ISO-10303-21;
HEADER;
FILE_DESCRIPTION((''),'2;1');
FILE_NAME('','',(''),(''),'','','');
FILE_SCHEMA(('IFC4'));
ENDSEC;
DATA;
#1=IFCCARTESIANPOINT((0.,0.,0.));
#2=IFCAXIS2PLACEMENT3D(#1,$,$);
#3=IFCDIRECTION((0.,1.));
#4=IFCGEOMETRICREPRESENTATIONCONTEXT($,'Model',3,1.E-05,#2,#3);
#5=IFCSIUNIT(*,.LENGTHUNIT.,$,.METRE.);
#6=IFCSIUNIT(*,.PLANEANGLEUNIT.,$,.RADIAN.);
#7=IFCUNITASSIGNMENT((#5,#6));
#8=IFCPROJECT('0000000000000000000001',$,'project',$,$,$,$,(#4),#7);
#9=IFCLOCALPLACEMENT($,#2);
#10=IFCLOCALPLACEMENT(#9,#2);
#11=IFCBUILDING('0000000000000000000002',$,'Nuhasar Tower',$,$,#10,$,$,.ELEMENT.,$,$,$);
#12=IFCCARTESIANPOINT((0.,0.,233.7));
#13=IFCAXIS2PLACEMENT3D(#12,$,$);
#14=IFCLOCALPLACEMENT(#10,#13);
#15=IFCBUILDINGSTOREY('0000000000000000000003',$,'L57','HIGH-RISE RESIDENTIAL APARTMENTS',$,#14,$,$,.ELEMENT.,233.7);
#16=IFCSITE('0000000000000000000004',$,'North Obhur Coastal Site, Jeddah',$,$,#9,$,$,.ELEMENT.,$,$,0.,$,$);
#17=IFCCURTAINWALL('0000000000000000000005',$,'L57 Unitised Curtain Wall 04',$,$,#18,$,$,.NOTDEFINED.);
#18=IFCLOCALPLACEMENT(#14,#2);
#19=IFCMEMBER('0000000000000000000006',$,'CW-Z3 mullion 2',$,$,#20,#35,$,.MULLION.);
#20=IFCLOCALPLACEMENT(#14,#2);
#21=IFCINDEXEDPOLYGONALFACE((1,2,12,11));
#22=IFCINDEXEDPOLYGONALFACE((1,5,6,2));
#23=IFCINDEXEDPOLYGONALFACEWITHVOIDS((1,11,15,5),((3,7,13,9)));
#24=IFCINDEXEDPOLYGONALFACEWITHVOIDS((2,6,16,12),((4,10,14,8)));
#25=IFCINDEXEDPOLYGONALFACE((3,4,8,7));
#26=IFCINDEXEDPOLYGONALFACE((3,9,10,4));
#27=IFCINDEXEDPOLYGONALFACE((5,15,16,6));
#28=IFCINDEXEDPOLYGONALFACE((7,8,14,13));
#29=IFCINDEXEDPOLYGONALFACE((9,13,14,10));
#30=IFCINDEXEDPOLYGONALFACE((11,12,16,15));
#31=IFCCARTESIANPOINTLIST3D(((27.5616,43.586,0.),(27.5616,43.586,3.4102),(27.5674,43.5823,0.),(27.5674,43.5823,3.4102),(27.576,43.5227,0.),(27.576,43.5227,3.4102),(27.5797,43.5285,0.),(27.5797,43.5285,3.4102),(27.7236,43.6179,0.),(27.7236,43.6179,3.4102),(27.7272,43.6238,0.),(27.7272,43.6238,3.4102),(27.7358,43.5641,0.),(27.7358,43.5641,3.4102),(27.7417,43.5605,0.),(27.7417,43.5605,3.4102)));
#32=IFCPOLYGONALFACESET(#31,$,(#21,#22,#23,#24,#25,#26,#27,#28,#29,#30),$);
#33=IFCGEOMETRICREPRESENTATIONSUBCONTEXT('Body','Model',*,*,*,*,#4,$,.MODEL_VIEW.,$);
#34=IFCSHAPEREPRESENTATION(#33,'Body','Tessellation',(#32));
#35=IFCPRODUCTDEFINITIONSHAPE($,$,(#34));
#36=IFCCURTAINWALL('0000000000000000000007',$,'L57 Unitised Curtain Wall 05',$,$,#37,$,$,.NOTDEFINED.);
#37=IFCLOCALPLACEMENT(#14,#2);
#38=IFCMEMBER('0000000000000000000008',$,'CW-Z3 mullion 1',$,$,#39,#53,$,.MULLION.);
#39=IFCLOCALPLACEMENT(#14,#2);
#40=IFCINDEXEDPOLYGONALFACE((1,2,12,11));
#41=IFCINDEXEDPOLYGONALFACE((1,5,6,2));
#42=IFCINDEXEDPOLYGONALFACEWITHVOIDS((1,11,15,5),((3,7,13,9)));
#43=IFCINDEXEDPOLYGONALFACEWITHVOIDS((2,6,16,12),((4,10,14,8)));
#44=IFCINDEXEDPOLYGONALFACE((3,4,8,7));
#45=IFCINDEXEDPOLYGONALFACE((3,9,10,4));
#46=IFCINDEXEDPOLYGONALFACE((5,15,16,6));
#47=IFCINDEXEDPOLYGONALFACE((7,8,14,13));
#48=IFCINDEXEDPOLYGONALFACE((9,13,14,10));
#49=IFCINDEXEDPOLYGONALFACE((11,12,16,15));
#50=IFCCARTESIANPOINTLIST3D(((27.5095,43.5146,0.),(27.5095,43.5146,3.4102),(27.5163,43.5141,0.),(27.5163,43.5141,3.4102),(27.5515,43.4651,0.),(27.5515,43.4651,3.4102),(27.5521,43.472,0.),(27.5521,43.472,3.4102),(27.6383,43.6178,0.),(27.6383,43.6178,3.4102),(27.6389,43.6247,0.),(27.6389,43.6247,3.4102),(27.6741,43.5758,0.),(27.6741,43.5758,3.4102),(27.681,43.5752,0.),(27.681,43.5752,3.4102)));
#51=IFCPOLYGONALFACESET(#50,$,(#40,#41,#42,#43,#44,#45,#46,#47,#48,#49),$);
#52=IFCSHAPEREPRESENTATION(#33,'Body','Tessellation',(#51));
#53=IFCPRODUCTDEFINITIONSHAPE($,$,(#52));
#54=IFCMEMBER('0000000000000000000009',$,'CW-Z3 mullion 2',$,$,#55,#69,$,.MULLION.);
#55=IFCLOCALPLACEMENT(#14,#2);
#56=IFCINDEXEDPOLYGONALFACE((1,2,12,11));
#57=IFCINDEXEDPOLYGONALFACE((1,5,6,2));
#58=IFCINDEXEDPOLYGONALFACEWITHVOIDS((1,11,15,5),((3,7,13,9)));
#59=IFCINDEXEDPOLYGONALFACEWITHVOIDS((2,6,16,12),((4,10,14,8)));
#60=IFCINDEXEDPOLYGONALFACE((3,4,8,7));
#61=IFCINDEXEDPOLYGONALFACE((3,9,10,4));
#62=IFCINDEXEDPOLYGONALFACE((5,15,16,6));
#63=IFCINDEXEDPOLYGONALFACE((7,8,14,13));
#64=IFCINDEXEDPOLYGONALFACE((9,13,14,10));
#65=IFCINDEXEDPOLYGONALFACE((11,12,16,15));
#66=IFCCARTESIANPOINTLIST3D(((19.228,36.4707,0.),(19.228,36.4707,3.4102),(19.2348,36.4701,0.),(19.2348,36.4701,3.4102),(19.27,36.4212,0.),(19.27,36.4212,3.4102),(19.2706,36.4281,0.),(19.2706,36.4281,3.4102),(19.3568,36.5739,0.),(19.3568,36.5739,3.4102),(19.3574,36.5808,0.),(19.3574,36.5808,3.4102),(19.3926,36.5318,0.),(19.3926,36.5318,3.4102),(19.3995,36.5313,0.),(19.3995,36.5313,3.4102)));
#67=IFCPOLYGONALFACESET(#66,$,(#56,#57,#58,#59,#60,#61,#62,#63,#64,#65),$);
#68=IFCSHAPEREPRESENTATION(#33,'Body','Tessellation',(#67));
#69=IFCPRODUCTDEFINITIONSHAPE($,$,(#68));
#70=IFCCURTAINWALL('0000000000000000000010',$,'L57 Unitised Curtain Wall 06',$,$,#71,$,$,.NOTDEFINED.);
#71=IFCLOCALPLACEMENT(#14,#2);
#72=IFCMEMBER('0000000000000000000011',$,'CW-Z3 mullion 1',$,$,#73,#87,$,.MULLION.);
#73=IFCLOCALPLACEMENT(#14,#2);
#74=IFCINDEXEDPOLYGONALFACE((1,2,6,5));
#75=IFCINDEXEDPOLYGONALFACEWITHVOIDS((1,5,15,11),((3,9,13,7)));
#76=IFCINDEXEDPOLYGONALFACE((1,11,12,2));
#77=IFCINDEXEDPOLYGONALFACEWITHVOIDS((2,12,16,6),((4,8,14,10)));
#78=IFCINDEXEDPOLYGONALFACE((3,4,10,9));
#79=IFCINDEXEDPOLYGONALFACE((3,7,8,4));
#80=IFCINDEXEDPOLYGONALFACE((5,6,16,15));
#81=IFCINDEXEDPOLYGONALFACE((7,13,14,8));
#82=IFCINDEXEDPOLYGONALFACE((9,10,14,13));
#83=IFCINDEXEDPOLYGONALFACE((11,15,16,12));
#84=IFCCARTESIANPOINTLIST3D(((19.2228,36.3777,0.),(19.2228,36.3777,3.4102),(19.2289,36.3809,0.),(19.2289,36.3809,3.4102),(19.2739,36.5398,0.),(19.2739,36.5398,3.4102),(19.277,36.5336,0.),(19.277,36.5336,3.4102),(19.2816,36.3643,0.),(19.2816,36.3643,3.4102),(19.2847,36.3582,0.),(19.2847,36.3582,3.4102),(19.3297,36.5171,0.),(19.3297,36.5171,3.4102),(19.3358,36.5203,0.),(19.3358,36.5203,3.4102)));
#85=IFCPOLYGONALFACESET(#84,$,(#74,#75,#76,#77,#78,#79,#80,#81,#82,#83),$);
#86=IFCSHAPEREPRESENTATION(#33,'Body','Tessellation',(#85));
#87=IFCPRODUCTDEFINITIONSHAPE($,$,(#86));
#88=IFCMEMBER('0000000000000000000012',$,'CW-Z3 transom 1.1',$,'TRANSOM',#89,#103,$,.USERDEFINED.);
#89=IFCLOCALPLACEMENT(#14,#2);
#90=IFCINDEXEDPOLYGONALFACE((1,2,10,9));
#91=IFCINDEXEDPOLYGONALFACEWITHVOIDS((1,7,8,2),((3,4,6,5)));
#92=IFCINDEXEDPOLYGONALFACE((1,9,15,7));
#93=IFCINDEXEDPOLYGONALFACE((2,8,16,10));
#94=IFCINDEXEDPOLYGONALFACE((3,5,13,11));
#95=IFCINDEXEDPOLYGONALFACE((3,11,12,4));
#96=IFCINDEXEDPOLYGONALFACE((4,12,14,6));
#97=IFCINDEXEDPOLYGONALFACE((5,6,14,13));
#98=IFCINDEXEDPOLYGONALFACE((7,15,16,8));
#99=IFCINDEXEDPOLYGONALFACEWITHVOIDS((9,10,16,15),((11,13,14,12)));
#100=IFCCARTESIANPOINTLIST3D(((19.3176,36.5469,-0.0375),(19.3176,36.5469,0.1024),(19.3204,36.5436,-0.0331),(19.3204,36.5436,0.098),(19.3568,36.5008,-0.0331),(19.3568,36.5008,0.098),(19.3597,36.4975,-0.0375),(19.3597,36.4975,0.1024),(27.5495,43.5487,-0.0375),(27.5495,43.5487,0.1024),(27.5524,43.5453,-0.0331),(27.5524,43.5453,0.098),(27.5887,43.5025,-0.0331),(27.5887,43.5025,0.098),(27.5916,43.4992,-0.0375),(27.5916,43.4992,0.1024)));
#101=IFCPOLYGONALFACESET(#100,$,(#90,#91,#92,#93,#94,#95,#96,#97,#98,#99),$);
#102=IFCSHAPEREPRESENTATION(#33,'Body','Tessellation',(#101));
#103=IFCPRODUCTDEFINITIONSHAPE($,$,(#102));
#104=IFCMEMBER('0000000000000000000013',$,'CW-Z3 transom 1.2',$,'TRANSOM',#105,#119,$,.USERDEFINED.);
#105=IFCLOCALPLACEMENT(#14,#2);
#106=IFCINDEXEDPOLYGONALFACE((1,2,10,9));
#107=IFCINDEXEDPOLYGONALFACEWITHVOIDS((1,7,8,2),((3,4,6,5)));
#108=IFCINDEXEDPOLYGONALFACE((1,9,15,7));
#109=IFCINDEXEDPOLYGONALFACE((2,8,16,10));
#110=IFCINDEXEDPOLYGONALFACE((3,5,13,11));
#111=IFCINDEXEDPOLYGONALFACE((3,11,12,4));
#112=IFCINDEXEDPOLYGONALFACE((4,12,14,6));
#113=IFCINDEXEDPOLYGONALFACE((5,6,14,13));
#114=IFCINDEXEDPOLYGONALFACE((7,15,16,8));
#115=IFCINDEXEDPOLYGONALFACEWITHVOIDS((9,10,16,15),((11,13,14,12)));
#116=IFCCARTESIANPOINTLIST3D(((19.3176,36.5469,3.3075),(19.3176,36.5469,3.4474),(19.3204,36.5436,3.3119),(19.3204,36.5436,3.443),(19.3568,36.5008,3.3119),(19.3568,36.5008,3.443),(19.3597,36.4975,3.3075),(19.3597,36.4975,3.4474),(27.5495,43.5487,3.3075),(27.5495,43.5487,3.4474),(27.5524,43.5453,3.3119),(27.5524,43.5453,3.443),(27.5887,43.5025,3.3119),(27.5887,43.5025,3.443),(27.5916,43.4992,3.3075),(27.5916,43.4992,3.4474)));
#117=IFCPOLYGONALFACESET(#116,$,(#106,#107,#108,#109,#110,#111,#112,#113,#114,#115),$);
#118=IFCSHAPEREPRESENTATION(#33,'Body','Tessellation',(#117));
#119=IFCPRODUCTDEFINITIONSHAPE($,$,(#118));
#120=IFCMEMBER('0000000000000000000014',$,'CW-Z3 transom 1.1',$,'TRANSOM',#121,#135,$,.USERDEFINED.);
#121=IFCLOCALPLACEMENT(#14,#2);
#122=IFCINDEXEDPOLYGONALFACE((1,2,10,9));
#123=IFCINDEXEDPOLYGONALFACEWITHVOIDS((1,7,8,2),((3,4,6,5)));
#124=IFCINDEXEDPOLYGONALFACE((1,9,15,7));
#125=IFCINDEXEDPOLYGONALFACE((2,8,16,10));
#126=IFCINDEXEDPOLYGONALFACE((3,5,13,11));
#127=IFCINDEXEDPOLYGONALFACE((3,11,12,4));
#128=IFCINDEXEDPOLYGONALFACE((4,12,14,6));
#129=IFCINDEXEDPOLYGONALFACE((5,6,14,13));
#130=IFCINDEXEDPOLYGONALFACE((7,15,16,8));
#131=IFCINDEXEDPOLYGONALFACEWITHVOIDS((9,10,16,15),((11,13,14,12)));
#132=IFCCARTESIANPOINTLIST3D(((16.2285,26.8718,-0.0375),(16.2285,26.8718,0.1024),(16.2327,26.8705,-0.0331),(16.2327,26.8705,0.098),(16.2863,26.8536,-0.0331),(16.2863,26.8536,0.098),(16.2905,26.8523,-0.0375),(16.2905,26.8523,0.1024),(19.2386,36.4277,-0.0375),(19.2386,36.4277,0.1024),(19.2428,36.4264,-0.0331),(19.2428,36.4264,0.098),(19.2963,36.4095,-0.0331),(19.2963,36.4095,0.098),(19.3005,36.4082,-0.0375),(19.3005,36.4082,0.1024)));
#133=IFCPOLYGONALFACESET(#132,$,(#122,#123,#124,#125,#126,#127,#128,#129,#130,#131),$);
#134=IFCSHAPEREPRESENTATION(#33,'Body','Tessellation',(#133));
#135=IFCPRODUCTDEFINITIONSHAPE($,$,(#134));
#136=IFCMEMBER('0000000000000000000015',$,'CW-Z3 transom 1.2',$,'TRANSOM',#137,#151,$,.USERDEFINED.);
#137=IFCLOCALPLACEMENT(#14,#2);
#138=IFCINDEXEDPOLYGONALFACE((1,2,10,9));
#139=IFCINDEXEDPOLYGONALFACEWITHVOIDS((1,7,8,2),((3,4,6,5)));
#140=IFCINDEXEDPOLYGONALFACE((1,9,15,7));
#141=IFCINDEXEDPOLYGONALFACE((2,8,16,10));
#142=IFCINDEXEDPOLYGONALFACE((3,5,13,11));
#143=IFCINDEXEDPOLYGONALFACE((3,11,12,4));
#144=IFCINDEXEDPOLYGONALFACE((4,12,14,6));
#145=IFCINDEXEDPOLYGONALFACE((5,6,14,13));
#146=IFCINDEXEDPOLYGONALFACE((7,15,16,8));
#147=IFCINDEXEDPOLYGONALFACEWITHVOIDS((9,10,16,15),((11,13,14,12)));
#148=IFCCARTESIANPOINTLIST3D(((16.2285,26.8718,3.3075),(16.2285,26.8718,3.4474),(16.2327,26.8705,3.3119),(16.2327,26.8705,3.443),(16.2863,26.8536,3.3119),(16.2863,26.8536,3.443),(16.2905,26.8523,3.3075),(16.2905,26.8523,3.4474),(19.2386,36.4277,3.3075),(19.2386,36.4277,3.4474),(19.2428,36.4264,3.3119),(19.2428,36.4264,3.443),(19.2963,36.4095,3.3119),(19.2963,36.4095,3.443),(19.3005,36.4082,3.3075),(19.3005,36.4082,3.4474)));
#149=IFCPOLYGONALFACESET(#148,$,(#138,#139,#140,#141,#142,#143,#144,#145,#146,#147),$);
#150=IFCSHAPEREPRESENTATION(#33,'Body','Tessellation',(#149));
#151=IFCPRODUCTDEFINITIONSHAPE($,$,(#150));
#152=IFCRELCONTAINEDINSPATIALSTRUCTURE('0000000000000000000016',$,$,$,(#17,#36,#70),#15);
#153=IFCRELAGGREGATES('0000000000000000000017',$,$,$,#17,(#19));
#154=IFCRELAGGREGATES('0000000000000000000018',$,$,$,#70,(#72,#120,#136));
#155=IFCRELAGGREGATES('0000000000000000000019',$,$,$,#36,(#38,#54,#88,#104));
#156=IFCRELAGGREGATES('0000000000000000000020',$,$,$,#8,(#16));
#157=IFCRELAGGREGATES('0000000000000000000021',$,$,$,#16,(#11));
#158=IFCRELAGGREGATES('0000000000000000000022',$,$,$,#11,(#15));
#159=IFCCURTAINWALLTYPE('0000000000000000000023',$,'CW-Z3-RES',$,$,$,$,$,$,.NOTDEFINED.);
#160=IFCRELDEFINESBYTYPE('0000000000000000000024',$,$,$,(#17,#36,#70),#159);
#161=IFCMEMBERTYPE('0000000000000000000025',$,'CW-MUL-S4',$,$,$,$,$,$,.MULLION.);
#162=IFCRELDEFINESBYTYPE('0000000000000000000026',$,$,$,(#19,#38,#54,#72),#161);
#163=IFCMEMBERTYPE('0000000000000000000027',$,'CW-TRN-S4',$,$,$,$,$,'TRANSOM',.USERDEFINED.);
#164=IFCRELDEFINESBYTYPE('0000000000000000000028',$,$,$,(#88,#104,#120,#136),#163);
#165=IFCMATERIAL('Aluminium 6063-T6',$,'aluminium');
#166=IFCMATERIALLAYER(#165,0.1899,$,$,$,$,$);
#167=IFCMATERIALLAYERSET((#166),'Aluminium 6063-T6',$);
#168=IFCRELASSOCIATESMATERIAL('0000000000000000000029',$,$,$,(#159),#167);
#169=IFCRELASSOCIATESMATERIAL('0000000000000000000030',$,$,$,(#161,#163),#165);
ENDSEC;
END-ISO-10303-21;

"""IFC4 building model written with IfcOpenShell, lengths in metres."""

from ifc_helpers import new_model, si_unit, direction, frame, origin, origin_2d, place, context, subcontext, project, spatial, hollow_rectangle, extrude, material, layer, layer_set, material_profile, profile_set, type_object, element, aggregate, save


model = new_model("IFC4")

# Units and contexts
model_context = context("Model", 3, precision=1e-05, world=origin(), true_north=direction((0.0, 1.0)))
body_context = subcontext(model_context, "Body", "Model", "MODEL_VIEW")
ifc_project = project(units=[si_unit("LENGTHUNIT", "METRE"), si_unit("PLANEANGLEUNIT", "RADIAN")], contexts=[model_context])

# Site, building, storey
site_placement = place(None, origin())
site = spatial("IfcSite", under=ifc_project, at=site_placement, Name="North Obhur Coastal Site, Jeddah", CompositionType="ELEMENT", RefElevation=0.0)
building_placement = place(site_placement, origin())
building = spatial("IfcBuilding", under=site, at=building_placement, Name="Nuhasar Tower", CompositionType="ELEMENT")
storey_placement = place(building_placement, frame((0.0, 0.0, 233.7)))
storey = spatial("IfcBuildingStorey", under=building, at=storey_placement, Name="L57", Description="HIGH-RISE RESIDENTIAL APARTMENTS", CompositionType="ELEMENT", Elevation=233.7)

# Curtain wall, member
ifc_material_1 = material(Name="Aluminium 6063-T6", Category="aluminium")
ifc_layer_1 = layer(ifc_material_1, 0.1899)
ifc_layer_set_1 = layer_set([ifc_layer_1], Name="Aluminium 6063-T6")
curtain_wall_type = type_object("IfcCurtainWallType", Name="CW-Z3-RES", PredefinedType="NOTDEFINED", material=ifc_layer_set_1)
curtain_wall_1_placement = place(storey_placement, origin())
curtain_wall_1 = element("IfcCurtainWall", 1, at=curtain_wall_1_placement, inside=storey, type_object=curtain_wall_type, Name="L57 Unitised Curtain Wall 04", PredefinedType="NOTDEFINED")
ifc_material_profile_1 = material_profile(ifc_material_1, hollow_rectangle(XDim=0.0649, YDim=0.1699, WallThickness=0.0049, at=origin_2d()), Name="CWM-4")
ifc_profile_set_1 = profile_set([ifc_material_profile_1], Name="Aluminium 6063-T6")
member_type_1 = type_object("IfcMemberType", Name="CW-MUL-S4", PredefinedType="MULLION", material=ifc_profile_set_1)
member_1_placement = place(storey_placement, frame((27.6516, 43.5732, 0.0), z_axis=(0.0, 0.0, 1.0), x_axis=(0.222243, -0.974991, 0.0)))
member_1 = element("IfcMember", 2, at=member_1_placement, type_object=member_type_1, Name="CW-Z3 mullion 2", PredefinedType="MULLION", context=body_context, shape_type="SweptSolid", body=[
    extrude(hollow_rectangle(XDim=0.0649, YDim=0.1699, WallThickness=0.0049, at=origin_2d()), origin(), (0.0, 0.0, 1.0), 3.4102),
])
aggregate(curtain_wall_1, [member_1])

# Curtain wall, members
curtain_wall_2_placement = place(storey_placement, origin())
curtain_wall_2 = element("IfcCurtainWall", 3, at=curtain_wall_2_placement, inside=storey, type_object=curtain_wall_type, Name="L57 Unitised Curtain Wall 05", PredefinedType="NOTDEFINED")
member_2_placement = place(storey_placement, frame((27.5952, 43.5449, 0.0), z_axis=(0.0, 0.0, 1.0), x_axis=(0.647895, -0.761729, 0.0)))
member_2 = element("IfcMember", 4, at=member_2_placement, type_object=member_type_1, Name="CW-Z3 mullion 1", PredefinedType="MULLION", context=body_context, shape_type="SweptSolid", body=[
    extrude(hollow_rectangle(XDim=0.0649, YDim=0.1699, WallThickness=0.0049, at=origin_2d()), origin(), (0.0, 0.0, 1.0), 3.4102),
])
member_3_placement = place(storey_placement, frame((19.3137, 36.501, 0.0), z_axis=(0.0, 0.0, 1.0), x_axis=(0.647895, -0.761729, 0.0)))
member_3 = element("IfcMember", 5, at=member_3_placement, type_object=member_type_1, Name="CW-Z3 mullion 2", PredefinedType="MULLION", context=body_context, shape_type="SweptSolid", body=[
    extrude(hollow_rectangle(XDim=0.0649, YDim=0.1699, WallThickness=0.0049, at=origin_2d()), origin(), (0.0, 0.0, 1.0), 3.4102),
])

# Curtain wall, member
curtain_wall_3_placement = place(storey_placement, origin())
curtain_wall_3 = element("IfcCurtainWall", 6, at=curtain_wall_3_placement, inside=storey, type_object=curtain_wall_type, Name="L57 Unitised Curtain Wall 06", PredefinedType="NOTDEFINED")
member_4_placement = place(storey_placement, frame((19.2793, 36.449, 0.0), z_axis=(0.0, 0.0, 1.0), x_axis=(0.953804, -0.300429, 0.0)))
member_4 = element("IfcMember", 7, at=member_4_placement, type_object=member_type_1, Name="CW-Z3 mullion 1", PredefinedType="MULLION", context=body_context, shape_type="SweptSolid", body=[
    extrude(hollow_rectangle(XDim=0.0649, YDim=0.1699, WallThickness=0.0049, at=origin_2d()), origin(), (0.0, 0.0, 1.0), 3.4102),
])

# Members
ifc_material_profile_2 = material_profile(ifc_material_1, hollow_rectangle(XDim=0.0649, YDim=0.1399, WallThickness=0.0044, at=origin_2d()), Name="CWT-4")
ifc_profile_set_2 = profile_set([ifc_material_profile_2], Name="Aluminium 6063-T6")
member_type_2 = type_object("IfcMemberType", Name="CW-TRN-S4", ElementType="TRANSOM", PredefinedType="USERDEFINED", material=ifc_profile_set_2)
member_5_placement = place(storey_placement, frame((27.5706, 43.5239, 0.0325), z_axis=(-0.761731, -0.647894, 0.0), x_axis=(0.647894, -0.761731, 0.0)))
member_5 = element("IfcMember", 8, at=member_5_placement, type_object=member_type_2, Name="CW-Z3 transom 1.1", ObjectType="TRANSOM", PredefinedType="USERDEFINED", context=body_context, shape_type="SweptSolid", body=[
    extrude(hollow_rectangle(XDim=0.0649, YDim=0.1399, WallThickness=0.0044, at=origin_2d()), origin(), (0.0, 0.0, 1.0), 10.8069),
])
member_6_placement = place(storey_placement, frame((27.5706, 43.5239, 3.3774), z_axis=(-0.761731, -0.647894, 0.0), x_axis=(0.647894, -0.761731, 0.0)))
member_6 = element("IfcMember", 9, at=member_6_placement, type_object=member_type_2, Name="CW-Z3 transom 1.2", ObjectType="TRANSOM", PredefinedType="USERDEFINED", context=body_context, shape_type="SweptSolid", body=[
    extrude(hollow_rectangle(XDim=0.0649, YDim=0.1399, WallThickness=0.0044, at=origin_2d()), origin(), (0.0, 0.0, 1.0), 10.8069),
])
member_7_placement = place(storey_placement, frame((19.2695, 36.418, 0.0325), z_axis=(-0.300437, -0.953802, 0.0), x_axis=(0.953802, -0.300437, 0.0)))
member_7 = element("IfcMember", 10, at=member_7_placement, type_object=member_type_2, Name="CW-Z3 transom 1.1", ObjectType="TRANSOM", PredefinedType="USERDEFINED", context=body_context, shape_type="SweptSolid", body=[
    extrude(hollow_rectangle(XDim=0.0649, YDim=0.1399, WallThickness=0.0044, at=origin_2d()), origin(), (0.0, 0.0, 1.0), 10.0188),
])
member_8_placement = place(storey_placement, frame((19.2695, 36.418, 3.3774), z_axis=(-0.300437, -0.953802, 0.0), x_axis=(0.953802, -0.300437, 0.0)))
member_8 = element("IfcMember", 11, at=member_8_placement, type_object=member_type_2, Name="CW-Z3 transom 1.2", ObjectType="TRANSOM", PredefinedType="USERDEFINED", context=body_context, shape_type="SweptSolid", body=[
    extrude(hollow_rectangle(XDim=0.0649, YDim=0.1399, WallThickness=0.0044, at=origin_2d()), origin(), (0.0, 0.0, 1.0), 10.0188),
])
aggregate(curtain_wall_3, [member_4, member_7, member_8])

aggregate(curtain_wall_2, [member_2, member_3, member_5, member_6])

save(model, "model.ifc")
